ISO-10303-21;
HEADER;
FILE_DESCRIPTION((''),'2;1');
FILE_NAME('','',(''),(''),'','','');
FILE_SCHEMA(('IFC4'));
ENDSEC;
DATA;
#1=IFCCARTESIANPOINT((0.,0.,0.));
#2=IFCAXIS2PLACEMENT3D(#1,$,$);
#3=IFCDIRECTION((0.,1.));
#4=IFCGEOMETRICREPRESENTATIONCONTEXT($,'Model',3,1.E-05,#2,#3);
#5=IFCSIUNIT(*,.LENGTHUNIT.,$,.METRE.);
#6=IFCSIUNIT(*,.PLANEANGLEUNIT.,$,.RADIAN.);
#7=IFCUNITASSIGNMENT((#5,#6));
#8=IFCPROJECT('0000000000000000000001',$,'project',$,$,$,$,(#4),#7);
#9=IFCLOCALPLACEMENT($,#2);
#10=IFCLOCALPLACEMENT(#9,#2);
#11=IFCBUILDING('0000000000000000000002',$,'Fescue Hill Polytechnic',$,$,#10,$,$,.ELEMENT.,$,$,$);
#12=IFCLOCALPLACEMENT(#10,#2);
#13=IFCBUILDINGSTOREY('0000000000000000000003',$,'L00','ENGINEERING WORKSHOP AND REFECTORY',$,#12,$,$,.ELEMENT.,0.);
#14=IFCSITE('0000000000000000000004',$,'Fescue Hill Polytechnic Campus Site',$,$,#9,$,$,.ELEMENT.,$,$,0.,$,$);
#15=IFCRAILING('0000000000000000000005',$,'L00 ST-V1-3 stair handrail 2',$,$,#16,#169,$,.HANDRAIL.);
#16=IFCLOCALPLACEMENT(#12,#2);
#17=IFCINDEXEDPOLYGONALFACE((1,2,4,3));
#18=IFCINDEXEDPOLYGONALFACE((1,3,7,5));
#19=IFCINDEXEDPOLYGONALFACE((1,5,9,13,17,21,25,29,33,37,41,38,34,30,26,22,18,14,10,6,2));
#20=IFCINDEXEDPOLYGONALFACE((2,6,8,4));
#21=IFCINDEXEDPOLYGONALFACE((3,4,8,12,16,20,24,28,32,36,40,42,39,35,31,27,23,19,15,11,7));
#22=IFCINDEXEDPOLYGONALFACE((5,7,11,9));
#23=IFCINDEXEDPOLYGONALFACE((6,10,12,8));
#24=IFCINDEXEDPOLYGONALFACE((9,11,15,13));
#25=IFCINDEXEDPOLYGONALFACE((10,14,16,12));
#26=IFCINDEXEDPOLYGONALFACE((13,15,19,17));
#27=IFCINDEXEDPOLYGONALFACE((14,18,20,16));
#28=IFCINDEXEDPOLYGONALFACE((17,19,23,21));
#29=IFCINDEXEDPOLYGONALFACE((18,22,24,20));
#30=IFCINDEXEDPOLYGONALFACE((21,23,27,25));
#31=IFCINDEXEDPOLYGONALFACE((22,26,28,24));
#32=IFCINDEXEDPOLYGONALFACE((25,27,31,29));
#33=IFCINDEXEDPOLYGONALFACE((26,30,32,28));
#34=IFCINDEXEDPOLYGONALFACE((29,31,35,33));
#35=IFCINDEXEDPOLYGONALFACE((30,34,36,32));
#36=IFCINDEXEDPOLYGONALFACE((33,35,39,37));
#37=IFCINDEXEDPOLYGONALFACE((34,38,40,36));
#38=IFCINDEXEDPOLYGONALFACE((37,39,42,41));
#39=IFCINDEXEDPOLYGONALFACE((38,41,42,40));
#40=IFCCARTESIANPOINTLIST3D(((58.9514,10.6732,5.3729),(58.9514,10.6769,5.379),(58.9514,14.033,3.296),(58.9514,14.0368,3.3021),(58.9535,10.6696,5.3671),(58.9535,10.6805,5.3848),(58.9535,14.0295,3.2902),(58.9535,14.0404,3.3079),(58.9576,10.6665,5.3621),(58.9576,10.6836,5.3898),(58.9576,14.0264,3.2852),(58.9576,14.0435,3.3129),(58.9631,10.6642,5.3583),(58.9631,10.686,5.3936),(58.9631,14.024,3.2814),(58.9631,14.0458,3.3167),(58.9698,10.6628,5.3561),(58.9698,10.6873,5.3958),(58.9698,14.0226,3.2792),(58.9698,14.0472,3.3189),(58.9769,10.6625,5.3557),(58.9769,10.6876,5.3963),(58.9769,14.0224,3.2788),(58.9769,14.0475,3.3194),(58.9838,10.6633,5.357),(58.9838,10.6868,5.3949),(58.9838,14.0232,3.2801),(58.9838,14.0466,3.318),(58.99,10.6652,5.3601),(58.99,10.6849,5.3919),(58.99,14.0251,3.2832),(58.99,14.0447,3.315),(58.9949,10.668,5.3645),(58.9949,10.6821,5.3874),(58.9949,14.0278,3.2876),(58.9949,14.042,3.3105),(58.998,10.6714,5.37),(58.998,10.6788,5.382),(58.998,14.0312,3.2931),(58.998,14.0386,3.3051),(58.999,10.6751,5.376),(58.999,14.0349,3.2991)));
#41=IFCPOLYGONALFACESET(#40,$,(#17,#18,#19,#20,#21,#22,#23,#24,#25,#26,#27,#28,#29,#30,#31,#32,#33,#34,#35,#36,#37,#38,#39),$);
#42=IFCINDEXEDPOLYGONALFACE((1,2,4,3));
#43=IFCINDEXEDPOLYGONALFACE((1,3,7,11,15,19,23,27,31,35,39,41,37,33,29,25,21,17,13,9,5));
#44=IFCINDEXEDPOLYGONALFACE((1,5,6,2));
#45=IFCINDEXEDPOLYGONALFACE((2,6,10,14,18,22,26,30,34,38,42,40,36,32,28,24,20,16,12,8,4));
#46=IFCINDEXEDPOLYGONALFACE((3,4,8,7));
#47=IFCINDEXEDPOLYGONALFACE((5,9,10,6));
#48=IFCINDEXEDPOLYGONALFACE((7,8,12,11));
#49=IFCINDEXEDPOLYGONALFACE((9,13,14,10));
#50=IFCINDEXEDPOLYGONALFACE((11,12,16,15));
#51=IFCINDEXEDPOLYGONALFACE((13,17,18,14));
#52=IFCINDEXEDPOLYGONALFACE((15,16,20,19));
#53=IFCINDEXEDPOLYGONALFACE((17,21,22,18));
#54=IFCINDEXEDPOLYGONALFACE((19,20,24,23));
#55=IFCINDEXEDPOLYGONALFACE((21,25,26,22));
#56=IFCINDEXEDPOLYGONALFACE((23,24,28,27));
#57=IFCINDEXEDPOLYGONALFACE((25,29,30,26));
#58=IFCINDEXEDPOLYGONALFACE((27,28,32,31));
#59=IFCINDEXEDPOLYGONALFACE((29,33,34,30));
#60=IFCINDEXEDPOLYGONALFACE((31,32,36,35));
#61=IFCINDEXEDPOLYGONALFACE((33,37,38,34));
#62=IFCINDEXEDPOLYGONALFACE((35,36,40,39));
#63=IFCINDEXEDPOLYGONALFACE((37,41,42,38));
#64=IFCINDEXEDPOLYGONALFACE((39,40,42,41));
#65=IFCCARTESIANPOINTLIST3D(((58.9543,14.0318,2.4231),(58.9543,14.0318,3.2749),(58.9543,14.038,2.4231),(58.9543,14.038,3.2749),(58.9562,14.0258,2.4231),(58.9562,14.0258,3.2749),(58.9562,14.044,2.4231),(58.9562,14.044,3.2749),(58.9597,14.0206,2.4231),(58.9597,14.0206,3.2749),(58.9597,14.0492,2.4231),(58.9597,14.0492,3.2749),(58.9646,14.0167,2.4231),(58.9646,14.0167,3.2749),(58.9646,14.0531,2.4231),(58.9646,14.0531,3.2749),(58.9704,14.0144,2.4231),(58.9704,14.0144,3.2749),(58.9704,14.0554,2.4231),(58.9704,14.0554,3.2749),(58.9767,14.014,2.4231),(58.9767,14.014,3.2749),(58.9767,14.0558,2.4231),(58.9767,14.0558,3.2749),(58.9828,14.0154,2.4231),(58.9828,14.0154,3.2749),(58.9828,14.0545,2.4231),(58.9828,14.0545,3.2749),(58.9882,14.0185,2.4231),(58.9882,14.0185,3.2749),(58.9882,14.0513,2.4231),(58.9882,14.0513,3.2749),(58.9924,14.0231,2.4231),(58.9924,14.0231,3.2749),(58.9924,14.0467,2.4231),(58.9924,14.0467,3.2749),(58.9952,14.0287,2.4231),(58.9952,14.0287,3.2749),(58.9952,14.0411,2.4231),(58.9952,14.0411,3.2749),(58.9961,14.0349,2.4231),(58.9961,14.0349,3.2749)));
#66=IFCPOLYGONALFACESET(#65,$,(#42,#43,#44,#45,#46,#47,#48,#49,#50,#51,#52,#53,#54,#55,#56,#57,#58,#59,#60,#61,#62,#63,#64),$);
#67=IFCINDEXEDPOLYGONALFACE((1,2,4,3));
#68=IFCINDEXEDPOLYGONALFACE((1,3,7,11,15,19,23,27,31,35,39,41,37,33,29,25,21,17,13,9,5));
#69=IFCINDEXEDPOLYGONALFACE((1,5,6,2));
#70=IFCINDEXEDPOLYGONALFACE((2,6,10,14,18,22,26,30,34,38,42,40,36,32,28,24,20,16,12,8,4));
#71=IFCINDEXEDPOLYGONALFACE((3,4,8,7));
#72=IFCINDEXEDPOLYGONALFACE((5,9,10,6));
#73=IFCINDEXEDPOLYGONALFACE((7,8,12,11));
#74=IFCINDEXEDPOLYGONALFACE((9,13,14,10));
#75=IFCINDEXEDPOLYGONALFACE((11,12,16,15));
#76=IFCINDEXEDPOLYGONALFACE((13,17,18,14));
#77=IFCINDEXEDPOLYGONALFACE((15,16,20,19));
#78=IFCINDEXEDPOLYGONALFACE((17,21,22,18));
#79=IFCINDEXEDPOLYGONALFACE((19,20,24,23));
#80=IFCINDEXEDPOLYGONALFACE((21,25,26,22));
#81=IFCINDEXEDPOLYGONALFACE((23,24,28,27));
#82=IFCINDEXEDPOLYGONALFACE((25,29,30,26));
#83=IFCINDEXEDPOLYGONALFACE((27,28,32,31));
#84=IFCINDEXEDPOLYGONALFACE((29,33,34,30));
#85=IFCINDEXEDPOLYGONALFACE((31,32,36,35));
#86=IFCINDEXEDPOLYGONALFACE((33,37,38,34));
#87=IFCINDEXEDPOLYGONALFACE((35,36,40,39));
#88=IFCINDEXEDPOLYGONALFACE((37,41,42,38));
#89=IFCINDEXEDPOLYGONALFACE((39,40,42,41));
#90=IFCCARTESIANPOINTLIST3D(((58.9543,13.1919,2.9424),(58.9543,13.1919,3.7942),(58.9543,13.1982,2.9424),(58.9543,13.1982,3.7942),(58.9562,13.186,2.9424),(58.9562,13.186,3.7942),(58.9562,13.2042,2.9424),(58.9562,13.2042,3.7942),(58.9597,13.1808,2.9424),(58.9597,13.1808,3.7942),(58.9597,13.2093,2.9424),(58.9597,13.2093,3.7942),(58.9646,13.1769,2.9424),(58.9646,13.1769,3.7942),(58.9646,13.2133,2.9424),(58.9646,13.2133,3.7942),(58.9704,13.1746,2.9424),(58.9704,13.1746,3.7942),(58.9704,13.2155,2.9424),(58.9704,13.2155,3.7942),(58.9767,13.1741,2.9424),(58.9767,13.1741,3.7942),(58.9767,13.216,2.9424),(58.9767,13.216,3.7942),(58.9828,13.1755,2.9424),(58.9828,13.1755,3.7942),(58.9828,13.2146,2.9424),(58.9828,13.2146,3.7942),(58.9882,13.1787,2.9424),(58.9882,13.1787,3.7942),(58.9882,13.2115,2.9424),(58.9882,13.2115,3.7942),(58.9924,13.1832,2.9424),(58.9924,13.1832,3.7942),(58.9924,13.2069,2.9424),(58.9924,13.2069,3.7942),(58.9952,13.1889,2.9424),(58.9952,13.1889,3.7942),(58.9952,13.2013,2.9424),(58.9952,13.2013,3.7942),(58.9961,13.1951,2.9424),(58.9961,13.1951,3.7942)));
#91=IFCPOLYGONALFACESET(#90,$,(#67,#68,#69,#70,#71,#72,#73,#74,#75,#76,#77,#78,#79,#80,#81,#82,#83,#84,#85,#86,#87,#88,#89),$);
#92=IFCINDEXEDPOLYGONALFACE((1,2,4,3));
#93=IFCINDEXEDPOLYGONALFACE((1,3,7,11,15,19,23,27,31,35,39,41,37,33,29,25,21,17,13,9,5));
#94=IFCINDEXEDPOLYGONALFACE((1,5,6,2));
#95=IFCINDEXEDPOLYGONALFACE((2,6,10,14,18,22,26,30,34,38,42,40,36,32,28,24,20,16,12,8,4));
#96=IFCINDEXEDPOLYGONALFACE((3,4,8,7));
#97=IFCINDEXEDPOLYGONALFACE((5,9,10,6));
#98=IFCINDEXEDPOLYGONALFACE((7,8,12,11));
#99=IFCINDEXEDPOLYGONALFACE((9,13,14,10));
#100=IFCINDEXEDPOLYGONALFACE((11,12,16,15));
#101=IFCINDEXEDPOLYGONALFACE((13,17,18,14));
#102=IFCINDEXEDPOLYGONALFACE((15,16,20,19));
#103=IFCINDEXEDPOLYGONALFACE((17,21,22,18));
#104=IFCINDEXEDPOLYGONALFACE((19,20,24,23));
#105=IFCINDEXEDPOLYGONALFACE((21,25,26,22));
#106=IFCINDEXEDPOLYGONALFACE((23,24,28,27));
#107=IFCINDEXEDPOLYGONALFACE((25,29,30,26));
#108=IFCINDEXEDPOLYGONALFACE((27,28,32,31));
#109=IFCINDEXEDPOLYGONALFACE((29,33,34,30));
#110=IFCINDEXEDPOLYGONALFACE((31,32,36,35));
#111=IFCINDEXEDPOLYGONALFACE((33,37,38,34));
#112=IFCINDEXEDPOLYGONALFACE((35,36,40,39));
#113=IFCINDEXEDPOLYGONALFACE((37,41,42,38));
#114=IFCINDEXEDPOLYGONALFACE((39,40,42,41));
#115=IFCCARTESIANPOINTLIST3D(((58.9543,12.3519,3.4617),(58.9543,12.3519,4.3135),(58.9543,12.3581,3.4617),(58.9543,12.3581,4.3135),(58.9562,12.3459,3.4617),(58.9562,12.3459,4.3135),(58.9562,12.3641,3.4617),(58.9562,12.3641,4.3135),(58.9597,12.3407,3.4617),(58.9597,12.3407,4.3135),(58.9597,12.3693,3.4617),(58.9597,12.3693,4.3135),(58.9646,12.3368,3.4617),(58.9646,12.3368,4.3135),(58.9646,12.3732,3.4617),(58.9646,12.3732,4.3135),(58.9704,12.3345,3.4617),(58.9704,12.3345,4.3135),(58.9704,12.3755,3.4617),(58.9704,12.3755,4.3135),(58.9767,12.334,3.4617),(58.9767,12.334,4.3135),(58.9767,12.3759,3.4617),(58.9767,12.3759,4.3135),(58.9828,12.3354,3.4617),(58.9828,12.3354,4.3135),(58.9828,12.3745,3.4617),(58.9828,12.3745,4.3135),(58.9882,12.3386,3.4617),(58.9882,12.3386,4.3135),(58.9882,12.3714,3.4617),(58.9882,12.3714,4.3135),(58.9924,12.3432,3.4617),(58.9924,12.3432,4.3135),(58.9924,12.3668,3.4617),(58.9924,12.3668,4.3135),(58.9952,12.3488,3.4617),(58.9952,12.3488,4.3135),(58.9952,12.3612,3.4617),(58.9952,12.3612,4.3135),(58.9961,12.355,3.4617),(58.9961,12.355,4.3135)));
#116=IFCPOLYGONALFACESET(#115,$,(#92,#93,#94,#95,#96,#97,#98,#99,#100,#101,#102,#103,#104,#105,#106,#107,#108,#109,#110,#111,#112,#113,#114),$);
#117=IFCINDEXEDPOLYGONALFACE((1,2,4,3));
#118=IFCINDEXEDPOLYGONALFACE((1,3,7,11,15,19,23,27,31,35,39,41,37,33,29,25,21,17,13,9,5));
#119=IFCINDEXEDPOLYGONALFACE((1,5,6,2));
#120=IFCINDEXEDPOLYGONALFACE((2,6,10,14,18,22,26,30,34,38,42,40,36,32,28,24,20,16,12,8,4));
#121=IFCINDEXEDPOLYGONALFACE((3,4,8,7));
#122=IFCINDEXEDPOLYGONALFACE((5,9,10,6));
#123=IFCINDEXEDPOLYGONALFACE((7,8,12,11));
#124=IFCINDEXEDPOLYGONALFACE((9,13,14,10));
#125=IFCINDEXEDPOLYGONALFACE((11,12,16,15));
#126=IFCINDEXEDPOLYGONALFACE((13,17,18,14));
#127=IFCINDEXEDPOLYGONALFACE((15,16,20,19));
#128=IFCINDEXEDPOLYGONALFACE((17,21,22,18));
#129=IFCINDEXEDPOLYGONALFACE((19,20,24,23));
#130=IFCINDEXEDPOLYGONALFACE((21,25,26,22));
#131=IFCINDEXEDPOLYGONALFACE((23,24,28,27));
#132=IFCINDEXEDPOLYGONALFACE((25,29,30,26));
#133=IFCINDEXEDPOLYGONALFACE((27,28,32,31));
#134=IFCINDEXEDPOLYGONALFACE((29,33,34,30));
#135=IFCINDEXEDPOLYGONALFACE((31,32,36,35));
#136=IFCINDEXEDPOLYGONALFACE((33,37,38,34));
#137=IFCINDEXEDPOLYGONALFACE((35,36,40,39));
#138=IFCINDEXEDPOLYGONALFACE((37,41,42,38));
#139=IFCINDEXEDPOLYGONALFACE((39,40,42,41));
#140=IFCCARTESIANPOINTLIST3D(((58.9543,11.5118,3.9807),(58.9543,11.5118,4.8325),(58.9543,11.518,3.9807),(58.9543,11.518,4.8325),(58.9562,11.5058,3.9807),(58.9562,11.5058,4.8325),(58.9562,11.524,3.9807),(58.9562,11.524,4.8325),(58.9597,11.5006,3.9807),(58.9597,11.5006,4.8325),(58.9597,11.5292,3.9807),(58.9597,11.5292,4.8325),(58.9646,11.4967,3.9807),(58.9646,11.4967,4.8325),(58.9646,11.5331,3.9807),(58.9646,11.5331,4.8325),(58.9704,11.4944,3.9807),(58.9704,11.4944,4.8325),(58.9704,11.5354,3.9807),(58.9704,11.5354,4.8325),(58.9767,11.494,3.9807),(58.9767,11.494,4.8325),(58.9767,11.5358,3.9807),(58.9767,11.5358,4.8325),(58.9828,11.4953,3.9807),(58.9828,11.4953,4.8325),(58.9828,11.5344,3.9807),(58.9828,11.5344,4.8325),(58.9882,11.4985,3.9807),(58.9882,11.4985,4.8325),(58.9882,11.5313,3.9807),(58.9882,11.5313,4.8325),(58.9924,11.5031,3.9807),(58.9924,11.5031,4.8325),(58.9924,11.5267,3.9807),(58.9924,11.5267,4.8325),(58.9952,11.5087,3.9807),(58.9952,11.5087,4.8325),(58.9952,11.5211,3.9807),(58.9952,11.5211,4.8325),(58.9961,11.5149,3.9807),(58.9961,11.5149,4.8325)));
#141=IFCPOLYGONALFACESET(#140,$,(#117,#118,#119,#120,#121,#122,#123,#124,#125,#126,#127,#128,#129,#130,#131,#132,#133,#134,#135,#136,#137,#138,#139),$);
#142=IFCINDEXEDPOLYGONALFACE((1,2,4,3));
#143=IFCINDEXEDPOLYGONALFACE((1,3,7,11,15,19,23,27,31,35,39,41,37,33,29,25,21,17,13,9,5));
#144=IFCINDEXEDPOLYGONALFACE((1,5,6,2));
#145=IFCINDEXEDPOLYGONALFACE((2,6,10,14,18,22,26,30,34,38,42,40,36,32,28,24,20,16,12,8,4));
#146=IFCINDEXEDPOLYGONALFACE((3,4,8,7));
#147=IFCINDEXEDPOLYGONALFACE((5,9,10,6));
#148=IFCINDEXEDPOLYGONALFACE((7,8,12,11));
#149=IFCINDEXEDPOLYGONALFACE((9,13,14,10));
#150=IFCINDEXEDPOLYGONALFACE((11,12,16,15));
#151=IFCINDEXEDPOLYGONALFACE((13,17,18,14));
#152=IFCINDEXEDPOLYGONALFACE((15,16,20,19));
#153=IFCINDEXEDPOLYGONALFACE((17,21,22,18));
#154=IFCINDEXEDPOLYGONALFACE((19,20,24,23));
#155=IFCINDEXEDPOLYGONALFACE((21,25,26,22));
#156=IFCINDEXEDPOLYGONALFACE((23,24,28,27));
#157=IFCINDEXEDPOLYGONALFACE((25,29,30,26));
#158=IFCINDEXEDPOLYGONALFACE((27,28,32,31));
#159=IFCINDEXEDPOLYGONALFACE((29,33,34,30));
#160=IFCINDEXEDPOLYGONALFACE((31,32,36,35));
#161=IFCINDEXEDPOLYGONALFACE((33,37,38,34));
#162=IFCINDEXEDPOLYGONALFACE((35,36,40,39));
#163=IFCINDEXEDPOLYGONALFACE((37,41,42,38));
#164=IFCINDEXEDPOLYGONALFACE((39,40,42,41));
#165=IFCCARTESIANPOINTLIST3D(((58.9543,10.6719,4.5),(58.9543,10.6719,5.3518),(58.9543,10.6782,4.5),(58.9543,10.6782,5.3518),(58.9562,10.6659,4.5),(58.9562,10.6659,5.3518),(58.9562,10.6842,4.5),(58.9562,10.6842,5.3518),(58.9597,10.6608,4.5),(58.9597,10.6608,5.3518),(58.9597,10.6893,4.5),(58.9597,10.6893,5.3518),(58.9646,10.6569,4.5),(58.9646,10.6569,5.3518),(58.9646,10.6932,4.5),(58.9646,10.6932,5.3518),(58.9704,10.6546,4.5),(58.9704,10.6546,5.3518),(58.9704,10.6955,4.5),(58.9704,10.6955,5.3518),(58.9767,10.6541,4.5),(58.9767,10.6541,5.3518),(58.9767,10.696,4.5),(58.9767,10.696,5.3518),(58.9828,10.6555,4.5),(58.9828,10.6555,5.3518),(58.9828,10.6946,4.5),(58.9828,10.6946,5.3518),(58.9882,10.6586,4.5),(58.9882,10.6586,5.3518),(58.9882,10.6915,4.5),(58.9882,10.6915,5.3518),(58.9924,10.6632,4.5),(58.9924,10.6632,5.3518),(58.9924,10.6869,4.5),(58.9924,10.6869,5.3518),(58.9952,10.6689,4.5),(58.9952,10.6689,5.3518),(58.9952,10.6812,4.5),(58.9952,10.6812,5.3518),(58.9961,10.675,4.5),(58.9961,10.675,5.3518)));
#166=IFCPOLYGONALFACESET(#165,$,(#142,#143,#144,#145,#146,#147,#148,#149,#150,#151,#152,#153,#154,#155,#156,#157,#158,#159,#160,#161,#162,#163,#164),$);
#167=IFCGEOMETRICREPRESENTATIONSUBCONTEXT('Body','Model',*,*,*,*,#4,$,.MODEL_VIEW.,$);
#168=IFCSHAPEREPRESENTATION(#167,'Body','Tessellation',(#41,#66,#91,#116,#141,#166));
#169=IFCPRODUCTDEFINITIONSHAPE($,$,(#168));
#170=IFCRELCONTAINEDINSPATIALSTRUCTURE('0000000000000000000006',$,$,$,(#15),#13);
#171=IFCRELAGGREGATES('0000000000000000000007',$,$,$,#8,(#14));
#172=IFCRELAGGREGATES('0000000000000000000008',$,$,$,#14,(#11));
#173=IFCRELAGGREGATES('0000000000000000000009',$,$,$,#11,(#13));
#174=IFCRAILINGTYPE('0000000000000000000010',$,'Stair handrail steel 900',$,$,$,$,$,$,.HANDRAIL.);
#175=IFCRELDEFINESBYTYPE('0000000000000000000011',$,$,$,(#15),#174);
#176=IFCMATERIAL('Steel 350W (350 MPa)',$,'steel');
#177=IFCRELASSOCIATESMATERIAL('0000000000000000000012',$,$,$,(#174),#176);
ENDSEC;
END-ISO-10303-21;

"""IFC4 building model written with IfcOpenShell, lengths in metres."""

from ifc_helpers import new_model, si_unit, direction, frame, origin, origin_2d, place, context, subcontext, project, spatial, circle, extrude, material, type_object, element, save


model = new_model("IFC4")

# Units and contexts
model_context = context("Model", 3, precision=1e-05, world=origin(), true_north=direction((0.0, 1.0)))
body_context = subcontext(model_context, "Body", "Model", "MODEL_VIEW")
ifc_project = project(units=[si_unit("LENGTHUNIT", "METRE"), si_unit("PLANEANGLEUNIT", "RADIAN")], contexts=[model_context])

# Site, building, storey
site_placement = place(None, origin())
site = spatial("IfcSite", under=ifc_project, at=site_placement, Name="Fescue Hill Polytechnic Campus Site", CompositionType="ELEMENT", RefElevation=0.0)
building_placement = place(site_placement, origin())
building = spatial("IfcBuilding", under=site, at=building_placement, Name="Fescue Hill Polytechnic", CompositionType="ELEMENT")
storey_placement = place(building_placement, origin())
storey = spatial("IfcBuildingStorey", under=building, at=storey_placement, Name="L00", Description="ENGINEERING WORKSHOP AND REFECTORY", CompositionType="ELEMENT", Elevation=0.0)

# Railing
ifc_material_1 = material(Name="Steel 350W (350 MPa)", Category="steel")
railing_type_1 = type_object("IfcRailingType", Name="Stair handrail steel 900", PredefinedType="HANDRAIL", material=ifc_material_1)
railing_1_placement = place(storey_placement, frame((58.9751, 14.0349, 2.4231)))
element("IfcRailing", 1, at=railing_1_placement, inside=storey, type_object=railing_type_1, Name="L00 ST-V1-3 stair handrail 2", PredefinedType="HANDRAIL", context=body_context, shape_type="SweptSolid", body=[
    extrude(circle(Radius=0.0239, at=origin_2d()), frame((0.0, 0.0, 0.876), z_axis=(0.0, -0.850606, 0.525803), x_axis=(1.0, 0.0, 0.0)), (0.0, 0.0, 1.0), 3.95),
    extrude(circle(Radius=0.021, at=origin_2d()), origin(), (0.0, 0.0, 1.0), 0.8518),
    extrude(circle(Radius=0.021, at=origin_2d()), frame((0.0, -0.8398, 0.5193)), (0.0, 0.0, 1.0), 0.8518),
    extrude(circle(Radius=0.021, at=origin_2d()), frame((0.0, -1.6799, 1.0386)), (0.0, 0.0, 1.0), 0.8518),
    extrude(circle(Radius=0.021, at=origin_2d()), frame((0.0, -2.52, 1.5576)), (0.0, 0.0, 1.0), 0.8518),
    extrude(circle(Radius=0.021, at=origin_2d()), frame((0.0, -3.3599, 2.0769)), (0.0, 0.0, 1.0), 0.8518),
])

save(model, "model.ifc")
